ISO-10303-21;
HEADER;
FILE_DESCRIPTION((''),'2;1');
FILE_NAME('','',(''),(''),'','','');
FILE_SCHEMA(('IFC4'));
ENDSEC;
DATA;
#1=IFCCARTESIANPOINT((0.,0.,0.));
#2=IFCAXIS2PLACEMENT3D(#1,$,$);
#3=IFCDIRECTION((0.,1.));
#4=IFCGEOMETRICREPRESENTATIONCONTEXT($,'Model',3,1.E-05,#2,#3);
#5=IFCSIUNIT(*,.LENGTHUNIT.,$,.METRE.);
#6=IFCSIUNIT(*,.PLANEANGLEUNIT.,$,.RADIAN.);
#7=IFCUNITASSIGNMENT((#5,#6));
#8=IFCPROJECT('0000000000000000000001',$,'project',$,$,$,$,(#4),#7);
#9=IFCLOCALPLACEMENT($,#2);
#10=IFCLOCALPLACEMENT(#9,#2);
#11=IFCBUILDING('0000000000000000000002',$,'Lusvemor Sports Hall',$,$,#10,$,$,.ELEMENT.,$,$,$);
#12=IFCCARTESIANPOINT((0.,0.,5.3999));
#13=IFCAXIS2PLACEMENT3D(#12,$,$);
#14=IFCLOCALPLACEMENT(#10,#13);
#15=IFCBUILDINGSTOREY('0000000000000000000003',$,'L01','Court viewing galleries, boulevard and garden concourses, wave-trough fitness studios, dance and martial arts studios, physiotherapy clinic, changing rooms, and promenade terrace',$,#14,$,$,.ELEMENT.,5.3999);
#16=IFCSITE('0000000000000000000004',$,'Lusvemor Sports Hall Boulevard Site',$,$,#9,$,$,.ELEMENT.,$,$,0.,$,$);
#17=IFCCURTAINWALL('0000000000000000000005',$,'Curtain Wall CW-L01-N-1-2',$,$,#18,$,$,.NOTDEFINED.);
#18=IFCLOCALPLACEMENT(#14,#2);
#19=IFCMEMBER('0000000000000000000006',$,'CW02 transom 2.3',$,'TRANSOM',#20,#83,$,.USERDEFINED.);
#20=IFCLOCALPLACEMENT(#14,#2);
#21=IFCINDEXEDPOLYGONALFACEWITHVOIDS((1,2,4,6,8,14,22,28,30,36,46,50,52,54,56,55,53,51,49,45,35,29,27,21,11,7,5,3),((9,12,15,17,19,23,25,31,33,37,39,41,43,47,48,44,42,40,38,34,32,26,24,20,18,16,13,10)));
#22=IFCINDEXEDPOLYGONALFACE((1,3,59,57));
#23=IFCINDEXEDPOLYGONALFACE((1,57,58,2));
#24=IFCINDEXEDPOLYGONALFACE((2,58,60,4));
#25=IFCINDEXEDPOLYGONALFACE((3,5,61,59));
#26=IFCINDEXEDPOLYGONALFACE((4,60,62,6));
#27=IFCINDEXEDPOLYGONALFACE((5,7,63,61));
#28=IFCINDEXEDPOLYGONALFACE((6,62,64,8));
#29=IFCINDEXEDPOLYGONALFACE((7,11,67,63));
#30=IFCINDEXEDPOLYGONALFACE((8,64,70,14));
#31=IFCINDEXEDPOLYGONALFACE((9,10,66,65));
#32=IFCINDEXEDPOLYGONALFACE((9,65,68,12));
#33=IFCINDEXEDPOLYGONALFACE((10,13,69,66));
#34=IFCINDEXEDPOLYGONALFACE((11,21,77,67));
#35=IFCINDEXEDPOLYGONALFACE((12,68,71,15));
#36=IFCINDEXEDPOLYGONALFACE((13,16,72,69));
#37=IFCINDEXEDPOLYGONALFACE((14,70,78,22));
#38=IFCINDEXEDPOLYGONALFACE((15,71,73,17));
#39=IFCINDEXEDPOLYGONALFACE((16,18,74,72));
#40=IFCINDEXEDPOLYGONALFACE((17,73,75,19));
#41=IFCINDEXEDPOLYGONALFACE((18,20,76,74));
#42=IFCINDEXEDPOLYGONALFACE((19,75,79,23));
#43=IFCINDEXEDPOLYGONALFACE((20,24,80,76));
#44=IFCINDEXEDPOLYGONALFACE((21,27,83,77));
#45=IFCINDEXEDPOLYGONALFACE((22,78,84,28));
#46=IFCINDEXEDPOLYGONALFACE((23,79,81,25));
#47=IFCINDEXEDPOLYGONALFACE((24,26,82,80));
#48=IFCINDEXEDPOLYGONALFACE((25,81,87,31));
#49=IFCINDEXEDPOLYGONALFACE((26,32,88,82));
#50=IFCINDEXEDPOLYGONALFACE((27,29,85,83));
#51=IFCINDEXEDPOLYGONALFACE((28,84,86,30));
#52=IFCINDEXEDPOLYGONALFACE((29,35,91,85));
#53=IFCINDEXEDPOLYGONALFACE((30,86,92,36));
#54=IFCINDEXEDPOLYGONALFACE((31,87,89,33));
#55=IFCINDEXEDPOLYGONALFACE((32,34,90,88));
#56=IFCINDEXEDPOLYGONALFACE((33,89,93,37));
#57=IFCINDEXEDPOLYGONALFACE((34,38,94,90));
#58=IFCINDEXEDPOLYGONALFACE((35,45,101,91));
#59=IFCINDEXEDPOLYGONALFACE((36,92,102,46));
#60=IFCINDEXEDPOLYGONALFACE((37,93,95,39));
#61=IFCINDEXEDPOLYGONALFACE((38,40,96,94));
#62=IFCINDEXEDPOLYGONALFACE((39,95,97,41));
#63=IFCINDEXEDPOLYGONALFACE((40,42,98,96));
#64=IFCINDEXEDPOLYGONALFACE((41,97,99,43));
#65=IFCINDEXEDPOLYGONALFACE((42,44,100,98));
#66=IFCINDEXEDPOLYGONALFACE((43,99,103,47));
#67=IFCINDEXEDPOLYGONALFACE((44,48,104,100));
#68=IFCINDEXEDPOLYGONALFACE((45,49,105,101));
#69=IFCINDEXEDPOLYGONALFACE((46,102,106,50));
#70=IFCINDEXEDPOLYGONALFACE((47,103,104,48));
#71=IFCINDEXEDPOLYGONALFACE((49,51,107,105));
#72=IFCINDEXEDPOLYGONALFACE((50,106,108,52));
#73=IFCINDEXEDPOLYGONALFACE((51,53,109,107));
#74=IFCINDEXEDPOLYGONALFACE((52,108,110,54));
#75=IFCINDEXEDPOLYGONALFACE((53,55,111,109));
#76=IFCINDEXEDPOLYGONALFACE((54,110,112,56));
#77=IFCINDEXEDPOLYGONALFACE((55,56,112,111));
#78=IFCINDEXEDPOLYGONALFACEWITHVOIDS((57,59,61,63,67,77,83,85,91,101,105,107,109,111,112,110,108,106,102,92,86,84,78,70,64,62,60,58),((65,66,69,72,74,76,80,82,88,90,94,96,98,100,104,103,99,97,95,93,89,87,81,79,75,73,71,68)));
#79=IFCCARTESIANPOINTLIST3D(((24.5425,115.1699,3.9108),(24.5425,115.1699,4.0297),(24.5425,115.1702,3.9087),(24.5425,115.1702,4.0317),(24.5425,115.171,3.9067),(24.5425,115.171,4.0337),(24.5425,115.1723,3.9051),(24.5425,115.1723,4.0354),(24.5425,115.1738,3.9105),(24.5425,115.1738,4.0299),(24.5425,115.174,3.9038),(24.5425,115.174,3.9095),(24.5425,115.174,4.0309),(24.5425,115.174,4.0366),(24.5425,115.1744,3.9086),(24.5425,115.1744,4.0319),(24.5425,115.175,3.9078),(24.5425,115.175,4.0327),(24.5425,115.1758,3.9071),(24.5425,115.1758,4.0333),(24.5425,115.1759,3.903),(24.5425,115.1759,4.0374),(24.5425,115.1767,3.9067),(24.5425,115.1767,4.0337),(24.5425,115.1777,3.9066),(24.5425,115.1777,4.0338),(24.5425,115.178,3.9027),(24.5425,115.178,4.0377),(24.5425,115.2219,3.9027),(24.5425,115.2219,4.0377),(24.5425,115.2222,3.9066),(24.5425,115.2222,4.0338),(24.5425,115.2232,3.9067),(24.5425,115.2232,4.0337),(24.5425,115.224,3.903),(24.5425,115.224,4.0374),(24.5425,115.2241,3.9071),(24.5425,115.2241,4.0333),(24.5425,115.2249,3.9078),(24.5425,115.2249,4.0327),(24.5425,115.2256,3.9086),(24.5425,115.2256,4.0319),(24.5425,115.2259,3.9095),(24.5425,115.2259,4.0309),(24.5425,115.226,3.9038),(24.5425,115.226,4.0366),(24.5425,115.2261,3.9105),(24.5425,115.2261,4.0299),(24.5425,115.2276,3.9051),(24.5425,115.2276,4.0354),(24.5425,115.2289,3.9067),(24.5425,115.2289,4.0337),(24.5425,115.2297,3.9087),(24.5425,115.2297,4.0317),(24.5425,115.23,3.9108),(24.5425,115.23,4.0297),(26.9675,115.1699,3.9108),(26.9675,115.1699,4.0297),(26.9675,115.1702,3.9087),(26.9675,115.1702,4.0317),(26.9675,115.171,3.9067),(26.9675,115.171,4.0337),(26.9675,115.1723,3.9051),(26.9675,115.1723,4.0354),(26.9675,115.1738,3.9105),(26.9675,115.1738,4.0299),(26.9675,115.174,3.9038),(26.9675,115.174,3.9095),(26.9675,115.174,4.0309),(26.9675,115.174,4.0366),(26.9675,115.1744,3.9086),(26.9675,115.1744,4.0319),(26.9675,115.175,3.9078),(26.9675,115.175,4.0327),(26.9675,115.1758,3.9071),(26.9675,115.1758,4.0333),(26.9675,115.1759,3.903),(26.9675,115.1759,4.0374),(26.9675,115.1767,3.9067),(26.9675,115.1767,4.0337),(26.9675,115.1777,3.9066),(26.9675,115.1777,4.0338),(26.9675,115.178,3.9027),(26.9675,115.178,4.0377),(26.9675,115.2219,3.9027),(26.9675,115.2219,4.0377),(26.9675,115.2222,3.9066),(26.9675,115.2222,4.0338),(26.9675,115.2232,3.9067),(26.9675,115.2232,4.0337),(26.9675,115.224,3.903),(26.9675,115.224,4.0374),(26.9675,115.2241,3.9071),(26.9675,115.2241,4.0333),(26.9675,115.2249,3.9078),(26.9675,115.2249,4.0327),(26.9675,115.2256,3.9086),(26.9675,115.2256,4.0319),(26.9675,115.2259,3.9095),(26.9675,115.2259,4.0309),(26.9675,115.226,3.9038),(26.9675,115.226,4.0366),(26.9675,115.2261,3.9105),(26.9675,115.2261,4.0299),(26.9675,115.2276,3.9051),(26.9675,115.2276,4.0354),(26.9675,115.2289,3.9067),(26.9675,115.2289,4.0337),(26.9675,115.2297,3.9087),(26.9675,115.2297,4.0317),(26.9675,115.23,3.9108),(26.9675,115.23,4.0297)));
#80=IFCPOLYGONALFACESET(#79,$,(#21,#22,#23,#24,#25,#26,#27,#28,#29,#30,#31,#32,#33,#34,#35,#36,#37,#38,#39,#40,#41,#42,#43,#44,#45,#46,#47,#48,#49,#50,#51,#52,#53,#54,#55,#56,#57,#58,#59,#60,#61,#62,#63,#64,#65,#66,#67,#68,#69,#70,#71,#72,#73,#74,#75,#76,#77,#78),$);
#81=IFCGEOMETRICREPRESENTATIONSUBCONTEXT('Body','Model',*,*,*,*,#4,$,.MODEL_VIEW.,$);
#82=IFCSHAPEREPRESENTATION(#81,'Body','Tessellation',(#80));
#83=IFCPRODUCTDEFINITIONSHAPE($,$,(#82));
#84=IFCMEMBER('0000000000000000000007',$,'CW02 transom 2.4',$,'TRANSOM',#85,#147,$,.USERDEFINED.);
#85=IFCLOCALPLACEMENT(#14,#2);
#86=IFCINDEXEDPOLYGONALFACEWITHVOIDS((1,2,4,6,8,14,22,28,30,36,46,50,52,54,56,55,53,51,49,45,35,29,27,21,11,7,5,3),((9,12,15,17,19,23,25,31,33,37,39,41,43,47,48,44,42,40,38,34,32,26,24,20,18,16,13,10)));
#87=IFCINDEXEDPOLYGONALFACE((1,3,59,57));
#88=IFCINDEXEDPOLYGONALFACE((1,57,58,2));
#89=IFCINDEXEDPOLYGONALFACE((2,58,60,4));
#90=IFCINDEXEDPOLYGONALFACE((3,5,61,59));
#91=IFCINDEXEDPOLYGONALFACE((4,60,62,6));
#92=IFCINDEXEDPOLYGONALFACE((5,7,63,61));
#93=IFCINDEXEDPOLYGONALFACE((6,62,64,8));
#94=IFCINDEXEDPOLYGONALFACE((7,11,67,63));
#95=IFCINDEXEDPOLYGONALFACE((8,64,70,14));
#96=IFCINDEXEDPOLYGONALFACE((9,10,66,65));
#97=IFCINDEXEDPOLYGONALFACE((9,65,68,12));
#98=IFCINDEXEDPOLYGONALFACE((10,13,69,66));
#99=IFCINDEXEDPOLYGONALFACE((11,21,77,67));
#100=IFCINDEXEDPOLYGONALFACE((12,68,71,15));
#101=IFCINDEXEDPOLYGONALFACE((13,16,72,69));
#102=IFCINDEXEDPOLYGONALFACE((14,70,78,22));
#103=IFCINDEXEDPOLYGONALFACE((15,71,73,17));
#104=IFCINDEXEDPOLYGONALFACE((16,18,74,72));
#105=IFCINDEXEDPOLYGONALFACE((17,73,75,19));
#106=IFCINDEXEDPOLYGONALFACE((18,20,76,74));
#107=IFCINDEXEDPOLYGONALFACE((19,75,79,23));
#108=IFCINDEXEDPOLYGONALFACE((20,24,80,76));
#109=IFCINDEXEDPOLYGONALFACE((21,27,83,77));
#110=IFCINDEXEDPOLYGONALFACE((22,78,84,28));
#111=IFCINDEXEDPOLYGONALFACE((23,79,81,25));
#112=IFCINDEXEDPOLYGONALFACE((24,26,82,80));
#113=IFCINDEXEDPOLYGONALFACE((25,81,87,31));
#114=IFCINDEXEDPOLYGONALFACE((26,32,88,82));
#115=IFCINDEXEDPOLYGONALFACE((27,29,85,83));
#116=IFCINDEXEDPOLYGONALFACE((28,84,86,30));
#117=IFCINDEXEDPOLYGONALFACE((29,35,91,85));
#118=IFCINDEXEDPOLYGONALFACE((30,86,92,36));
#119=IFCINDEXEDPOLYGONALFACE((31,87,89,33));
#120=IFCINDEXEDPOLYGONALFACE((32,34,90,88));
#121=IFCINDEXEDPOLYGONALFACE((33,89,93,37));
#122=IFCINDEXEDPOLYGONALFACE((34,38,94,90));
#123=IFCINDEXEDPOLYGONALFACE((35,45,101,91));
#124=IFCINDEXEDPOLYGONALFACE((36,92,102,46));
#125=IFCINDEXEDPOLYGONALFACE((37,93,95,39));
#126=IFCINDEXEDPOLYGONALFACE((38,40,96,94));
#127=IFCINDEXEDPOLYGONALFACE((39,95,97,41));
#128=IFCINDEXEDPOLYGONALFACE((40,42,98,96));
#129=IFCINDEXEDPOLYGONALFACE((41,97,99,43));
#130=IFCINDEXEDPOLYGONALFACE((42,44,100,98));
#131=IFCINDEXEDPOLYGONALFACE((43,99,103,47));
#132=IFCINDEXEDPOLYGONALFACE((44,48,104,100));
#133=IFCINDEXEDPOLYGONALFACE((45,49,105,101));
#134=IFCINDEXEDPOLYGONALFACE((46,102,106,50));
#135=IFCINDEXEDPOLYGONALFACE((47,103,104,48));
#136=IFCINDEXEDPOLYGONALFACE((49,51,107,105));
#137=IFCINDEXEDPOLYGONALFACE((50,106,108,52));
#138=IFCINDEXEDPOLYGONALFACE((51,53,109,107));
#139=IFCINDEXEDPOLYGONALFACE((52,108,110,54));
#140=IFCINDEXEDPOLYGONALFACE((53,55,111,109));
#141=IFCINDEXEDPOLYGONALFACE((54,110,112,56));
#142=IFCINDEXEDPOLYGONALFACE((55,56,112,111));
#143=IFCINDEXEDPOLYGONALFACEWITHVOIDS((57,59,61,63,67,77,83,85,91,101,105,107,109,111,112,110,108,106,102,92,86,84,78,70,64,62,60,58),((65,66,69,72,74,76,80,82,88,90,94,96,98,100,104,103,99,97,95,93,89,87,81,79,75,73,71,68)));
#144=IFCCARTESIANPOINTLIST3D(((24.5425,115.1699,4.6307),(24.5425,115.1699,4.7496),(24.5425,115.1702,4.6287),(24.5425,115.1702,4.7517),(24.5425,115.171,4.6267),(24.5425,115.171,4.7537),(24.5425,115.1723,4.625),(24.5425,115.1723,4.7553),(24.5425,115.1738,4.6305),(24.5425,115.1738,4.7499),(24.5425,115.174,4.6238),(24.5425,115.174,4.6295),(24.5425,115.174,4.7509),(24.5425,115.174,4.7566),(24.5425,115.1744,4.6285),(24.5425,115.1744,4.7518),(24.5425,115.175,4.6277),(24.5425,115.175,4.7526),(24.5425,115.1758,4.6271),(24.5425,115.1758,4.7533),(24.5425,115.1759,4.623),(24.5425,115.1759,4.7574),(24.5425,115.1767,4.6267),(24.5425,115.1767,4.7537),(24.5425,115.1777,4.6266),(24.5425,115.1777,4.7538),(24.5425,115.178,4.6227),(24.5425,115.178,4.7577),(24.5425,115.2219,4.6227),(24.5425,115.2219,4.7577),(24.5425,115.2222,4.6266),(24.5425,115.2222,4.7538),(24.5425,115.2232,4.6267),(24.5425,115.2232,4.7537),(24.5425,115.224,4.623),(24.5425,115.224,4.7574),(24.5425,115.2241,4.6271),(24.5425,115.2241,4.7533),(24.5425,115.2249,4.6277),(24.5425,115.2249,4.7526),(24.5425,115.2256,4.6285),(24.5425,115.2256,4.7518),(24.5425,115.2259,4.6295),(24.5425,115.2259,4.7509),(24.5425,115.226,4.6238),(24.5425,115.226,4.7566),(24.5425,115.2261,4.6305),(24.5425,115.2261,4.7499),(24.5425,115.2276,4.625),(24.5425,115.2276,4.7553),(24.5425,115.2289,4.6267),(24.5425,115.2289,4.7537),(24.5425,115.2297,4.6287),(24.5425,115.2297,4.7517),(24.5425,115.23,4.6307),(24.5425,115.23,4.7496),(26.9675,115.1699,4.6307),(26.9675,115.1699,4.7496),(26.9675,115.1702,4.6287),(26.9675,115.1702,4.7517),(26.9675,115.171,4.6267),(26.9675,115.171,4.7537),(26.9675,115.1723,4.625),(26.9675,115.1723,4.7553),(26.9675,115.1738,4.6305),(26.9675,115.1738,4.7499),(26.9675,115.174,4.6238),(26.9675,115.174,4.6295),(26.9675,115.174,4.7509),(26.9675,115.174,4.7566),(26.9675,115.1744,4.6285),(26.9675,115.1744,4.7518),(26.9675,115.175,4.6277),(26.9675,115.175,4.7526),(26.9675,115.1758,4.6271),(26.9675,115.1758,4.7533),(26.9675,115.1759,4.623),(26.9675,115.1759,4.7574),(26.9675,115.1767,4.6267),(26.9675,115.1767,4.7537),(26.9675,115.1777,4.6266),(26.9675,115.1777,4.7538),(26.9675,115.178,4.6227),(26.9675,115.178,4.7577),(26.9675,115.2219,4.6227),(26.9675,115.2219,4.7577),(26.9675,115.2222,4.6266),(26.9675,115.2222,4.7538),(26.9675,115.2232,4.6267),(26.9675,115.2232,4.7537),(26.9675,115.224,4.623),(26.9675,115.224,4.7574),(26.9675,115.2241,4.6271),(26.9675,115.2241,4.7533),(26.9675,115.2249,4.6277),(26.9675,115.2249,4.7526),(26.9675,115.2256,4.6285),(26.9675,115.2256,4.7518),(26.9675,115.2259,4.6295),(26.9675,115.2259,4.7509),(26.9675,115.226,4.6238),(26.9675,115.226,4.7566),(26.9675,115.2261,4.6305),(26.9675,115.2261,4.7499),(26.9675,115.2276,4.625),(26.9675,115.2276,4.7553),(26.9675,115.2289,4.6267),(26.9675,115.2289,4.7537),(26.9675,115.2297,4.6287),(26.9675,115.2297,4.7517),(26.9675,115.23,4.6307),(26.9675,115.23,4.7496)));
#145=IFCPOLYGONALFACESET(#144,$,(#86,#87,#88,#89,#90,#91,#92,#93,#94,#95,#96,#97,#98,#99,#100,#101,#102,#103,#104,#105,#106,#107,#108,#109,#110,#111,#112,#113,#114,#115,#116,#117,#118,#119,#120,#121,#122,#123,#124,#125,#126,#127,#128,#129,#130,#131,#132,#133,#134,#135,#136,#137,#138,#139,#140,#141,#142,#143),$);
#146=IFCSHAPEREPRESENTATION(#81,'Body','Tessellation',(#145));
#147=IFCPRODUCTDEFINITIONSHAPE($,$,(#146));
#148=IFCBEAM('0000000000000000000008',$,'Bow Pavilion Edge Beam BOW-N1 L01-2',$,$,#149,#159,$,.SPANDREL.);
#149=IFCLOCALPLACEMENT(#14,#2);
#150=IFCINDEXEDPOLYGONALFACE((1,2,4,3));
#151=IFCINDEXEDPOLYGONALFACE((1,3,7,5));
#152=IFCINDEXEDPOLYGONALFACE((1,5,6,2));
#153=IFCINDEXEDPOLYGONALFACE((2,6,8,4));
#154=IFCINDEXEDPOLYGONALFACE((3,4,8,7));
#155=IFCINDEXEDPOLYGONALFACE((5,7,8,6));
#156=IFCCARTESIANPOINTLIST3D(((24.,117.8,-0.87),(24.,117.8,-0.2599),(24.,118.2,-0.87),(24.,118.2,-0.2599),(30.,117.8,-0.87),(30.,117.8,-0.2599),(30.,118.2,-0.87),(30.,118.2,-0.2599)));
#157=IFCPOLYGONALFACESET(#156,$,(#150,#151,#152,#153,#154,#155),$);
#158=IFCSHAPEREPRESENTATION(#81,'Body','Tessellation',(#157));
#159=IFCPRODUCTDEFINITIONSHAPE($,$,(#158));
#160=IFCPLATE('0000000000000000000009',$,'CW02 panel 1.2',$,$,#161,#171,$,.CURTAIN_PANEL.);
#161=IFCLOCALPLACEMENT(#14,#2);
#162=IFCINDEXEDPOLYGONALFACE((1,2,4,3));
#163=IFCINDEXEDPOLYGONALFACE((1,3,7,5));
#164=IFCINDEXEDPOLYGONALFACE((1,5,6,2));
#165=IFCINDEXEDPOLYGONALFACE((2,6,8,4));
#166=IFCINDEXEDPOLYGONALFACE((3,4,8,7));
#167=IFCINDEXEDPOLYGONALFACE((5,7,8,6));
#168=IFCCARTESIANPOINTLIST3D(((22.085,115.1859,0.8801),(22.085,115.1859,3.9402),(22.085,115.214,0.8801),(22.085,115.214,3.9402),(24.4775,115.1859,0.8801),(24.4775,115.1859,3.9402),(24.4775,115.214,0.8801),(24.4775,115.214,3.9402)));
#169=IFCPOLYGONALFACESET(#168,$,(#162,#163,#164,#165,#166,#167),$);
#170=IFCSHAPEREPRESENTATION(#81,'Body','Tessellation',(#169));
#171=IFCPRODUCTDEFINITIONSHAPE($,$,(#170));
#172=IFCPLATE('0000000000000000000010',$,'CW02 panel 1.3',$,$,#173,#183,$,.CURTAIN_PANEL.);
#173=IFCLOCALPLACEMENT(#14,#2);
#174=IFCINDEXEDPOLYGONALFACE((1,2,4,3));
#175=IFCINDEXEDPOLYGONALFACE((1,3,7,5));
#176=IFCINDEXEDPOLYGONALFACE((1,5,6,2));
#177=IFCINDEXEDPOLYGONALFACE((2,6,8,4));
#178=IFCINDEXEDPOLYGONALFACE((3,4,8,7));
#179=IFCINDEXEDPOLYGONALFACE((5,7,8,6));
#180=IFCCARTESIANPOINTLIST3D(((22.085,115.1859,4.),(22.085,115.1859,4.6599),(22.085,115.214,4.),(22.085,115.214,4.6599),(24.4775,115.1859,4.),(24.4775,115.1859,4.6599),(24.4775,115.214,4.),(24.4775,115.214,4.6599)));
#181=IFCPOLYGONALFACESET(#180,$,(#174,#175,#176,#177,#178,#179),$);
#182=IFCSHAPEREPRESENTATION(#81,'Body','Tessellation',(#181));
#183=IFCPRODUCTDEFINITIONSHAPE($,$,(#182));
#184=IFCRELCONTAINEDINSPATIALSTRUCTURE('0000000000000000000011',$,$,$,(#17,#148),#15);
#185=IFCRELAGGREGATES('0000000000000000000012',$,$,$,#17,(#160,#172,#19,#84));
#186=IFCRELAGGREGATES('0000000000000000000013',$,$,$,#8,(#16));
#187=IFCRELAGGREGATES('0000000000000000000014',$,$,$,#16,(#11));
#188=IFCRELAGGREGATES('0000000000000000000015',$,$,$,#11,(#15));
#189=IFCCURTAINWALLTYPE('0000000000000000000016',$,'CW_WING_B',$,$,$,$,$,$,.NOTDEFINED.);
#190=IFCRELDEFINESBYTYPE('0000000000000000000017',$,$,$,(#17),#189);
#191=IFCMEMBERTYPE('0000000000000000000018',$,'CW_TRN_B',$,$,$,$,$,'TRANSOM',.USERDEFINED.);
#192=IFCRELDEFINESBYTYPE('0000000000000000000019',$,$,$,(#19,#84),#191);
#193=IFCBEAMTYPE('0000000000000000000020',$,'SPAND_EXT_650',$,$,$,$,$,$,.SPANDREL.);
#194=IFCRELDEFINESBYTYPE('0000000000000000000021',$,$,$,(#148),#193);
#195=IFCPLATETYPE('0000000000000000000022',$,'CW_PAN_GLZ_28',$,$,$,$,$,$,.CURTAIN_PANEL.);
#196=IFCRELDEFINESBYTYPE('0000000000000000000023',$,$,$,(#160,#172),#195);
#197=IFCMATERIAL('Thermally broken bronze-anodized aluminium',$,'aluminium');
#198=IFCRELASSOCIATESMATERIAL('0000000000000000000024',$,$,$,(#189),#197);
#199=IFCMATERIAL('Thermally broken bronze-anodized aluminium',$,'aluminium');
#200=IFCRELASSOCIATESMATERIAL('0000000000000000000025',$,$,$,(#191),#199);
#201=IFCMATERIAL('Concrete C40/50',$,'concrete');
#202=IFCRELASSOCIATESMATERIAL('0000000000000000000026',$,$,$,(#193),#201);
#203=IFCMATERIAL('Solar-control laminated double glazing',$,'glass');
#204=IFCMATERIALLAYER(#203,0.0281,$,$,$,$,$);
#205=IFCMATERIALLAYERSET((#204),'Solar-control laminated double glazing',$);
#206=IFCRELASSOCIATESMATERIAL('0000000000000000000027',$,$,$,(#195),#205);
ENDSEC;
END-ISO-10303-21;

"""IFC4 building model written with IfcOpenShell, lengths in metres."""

from ifc_helpers import new_model, si_unit, direction, frame, origin, origin_2d, place, context, subcontext, project, spatial, rectangle, hollow_rectangle, extrude, material, layer, layer_set, material_profile, profile_set, type_object, element, aggregate, save


model = new_model("IFC4")

# Units and contexts
model_context = context("Model", 3, precision=1e-05, world=origin(), true_north=direction((0.0, 1.0)))
body_context = subcontext(model_context, "Body", "Model", "MODEL_VIEW")
ifc_project = project(units=[si_unit("LENGTHUNIT", "METRE"), si_unit("PLANEANGLEUNIT", "RADIAN")], contexts=[model_context])

# Site, building, storey
site_placement = place(None, origin())
site = spatial("IfcSite", under=ifc_project, at=site_placement, Name="Lusvemor Sports Hall Boulevard Site", CompositionType="ELEMENT", RefElevation=0.0)
building_placement = place(site_placement, origin())
building = spatial("IfcBuilding", under=site, at=building_placement, Name="Lusvemor Sports Hall", CompositionType="ELEMENT")
storey_placement = place(building_placement, frame((0.0, 0.0, 5.3999)))
storey = spatial("IfcBuildingStorey", under=building, at=storey_placement, Name="L01", Description="Court viewing galleries, boulevard and garden concourses, wave-trough fitness studios, dance and martial arts studios, physiotherapy clinic, changing rooms, and promenade terrace", CompositionType="ELEMENT", Elevation=5.3999)

# Curtain wall
ifc_material_1 = material(Name="Thermally broken bronze-anodized aluminium", Category="aluminium")
curtain_wall_type_1 = type_object("IfcCurtainWallType", Name="CW_WING_B", PredefinedType="NOTDEFINED", material=ifc_material_1)
curtain_wall_1_placement = place(storey_placement, origin())
curtain_wall_1 = element("IfcCurtainWall", 1, at=curtain_wall_1_placement, inside=storey, type_object=curtain_wall_type_1, Name="Curtain Wall CW-L01-N-1-2", PredefinedType="NOTDEFINED")

# Members
ifc_material_2 = material(Name="Thermally broken bronze-anodized aluminium", Category="aluminium")
ifc_material_profile_1 = material_profile(ifc_material_2, hollow_rectangle(XDim=0.0601, YDim=0.135, WallThickness=0.0039, InnerFilletRadius=0.0039, OuterFilletRadius=0.0081, at=origin_2d()), Name="CWTRN135x60x4")
ifc_profile_set_1 = profile_set([ifc_material_profile_1], Name="Thermally broken bronze-anodized aluminium")
member_type_1 = type_object("IfcMemberType", Name="CW_TRN_B", ElementType="TRANSOM", PredefinedType="USERDEFINED", material=ifc_profile_set_1)
member_1_placement = place(storey_placement, frame((24.5425, 115.2, 3.9702), z_axis=(1.0, 0.0, 0.0), x_axis=(0.0, 1.0, 0.0)))
member_1 = element("IfcMember", 2, at=member_1_placement, type_object=member_type_1, Name="CW02 transom 2.3", ObjectType="TRANSOM", PredefinedType="USERDEFINED", context=body_context, shape_type="SweptSolid", body=[
    extrude(hollow_rectangle(XDim=0.0601, YDim=0.135, WallThickness=0.0039, InnerFilletRadius=0.0039, OuterFilletRadius=0.0081, at=origin_2d()), origin(), (0.0, 0.0, 1.0), 2.425),
])
member_2_placement = place(storey_placement, frame((24.5425, 115.2, 4.6902), z_axis=(1.0, 0.0, 0.0), x_axis=(0.0, 1.0, 0.0)))
member_2 = element("IfcMember", 3, at=member_2_placement, type_object=member_type_1, Name="CW02 transom 2.4", ObjectType="TRANSOM", PredefinedType="USERDEFINED", context=body_context, shape_type="SweptSolid", body=[
    extrude(hollow_rectangle(XDim=0.0601, YDim=0.135, WallThickness=0.0039, InnerFilletRadius=0.0039, OuterFilletRadius=0.0081, at=origin_2d()), origin(), (0.0, 0.0, 1.0), 2.425),
])

# Beam
ifc_material_3 = material(Name="Concrete C40/50", Category="concrete")
ifc_material_profile_2 = material_profile(ifc_material_3, rectangle(XDim=0.3999, YDim=0.6101, at=origin_2d()), Name="RC400x610")
ifc_profile_set_2 = profile_set([ifc_material_profile_2], Name="Concrete C40/50")
beam_type = type_object("IfcBeamType", Name="SPAND_EXT_650", PredefinedType="SPANDREL", material=ifc_profile_set_2)
beam_placement = place(storey_placement, frame((24.0, 118.0, -0.5649), z_axis=(1.0, 0.0, 0.0), x_axis=(0.0, 1.0, 0.0)))
element("IfcBeam", 4, at=beam_placement, inside=storey, type_object=beam_type, Name="Bow Pavilion Edge Beam BOW-N1 L01-2", PredefinedType="SPANDREL", context=body_context, shape_type="SweptSolid", body=[
    extrude(rectangle(XDim=0.3999, YDim=0.6101, at=origin_2d()), origin(), (0.0, 0.0, 1.0), 6.0),
])

# Plates
ifc_material_4 = material(Name="Solar-control laminated double glazing", Category="glass")
ifc_layer_1 = layer(ifc_material_4, 0.0281)
ifc_layer_set_1 = layer_set([ifc_layer_1], Name="Solar-control laminated double glazing")
plate_type = type_object("IfcPlateType", Name="CW_PAN_GLZ_28", PredefinedType="CURTAIN_PANEL", material=ifc_layer_set_1)
plate_1_placement = place(storey_placement, frame((23.2812, 115.2, 0.8801), z_axis=(0.0, 0.0, 1.0), x_axis=(1.0, 0.0, 0.0)))
plate_1 = element("IfcPlate", 5, at=plate_1_placement, type_object=plate_type, Name="CW02 panel 1.2", PredefinedType="CURTAIN_PANEL", context=body_context, shape_type="SweptSolid", body=[
    extrude(rectangle(XDim=2.3926, YDim=0.0281, at=origin_2d()), origin(), (0.0, 0.0, 1.0), 3.0601),
])
plate_2_placement = place(storey_placement, frame((23.2812, 115.2, 4.0), z_axis=(0.0, 0.0, 1.0), x_axis=(1.0, 0.0, 0.0)))
plate_2 = element("IfcPlate", 6, at=plate_2_placement, type_object=plate_type, Name="CW02 panel 1.3", PredefinedType="CURTAIN_PANEL", context=body_context, shape_type="SweptSolid", body=[
    extrude(rectangle(XDim=2.3926, YDim=0.0281, at=origin_2d()), origin(), (0.0, 0.0, 1.0), 0.6599),
])
aggregate(curtain_wall_1, [plate_1, plate_2, member_1, member_2])

save(model, "model.ifc")
